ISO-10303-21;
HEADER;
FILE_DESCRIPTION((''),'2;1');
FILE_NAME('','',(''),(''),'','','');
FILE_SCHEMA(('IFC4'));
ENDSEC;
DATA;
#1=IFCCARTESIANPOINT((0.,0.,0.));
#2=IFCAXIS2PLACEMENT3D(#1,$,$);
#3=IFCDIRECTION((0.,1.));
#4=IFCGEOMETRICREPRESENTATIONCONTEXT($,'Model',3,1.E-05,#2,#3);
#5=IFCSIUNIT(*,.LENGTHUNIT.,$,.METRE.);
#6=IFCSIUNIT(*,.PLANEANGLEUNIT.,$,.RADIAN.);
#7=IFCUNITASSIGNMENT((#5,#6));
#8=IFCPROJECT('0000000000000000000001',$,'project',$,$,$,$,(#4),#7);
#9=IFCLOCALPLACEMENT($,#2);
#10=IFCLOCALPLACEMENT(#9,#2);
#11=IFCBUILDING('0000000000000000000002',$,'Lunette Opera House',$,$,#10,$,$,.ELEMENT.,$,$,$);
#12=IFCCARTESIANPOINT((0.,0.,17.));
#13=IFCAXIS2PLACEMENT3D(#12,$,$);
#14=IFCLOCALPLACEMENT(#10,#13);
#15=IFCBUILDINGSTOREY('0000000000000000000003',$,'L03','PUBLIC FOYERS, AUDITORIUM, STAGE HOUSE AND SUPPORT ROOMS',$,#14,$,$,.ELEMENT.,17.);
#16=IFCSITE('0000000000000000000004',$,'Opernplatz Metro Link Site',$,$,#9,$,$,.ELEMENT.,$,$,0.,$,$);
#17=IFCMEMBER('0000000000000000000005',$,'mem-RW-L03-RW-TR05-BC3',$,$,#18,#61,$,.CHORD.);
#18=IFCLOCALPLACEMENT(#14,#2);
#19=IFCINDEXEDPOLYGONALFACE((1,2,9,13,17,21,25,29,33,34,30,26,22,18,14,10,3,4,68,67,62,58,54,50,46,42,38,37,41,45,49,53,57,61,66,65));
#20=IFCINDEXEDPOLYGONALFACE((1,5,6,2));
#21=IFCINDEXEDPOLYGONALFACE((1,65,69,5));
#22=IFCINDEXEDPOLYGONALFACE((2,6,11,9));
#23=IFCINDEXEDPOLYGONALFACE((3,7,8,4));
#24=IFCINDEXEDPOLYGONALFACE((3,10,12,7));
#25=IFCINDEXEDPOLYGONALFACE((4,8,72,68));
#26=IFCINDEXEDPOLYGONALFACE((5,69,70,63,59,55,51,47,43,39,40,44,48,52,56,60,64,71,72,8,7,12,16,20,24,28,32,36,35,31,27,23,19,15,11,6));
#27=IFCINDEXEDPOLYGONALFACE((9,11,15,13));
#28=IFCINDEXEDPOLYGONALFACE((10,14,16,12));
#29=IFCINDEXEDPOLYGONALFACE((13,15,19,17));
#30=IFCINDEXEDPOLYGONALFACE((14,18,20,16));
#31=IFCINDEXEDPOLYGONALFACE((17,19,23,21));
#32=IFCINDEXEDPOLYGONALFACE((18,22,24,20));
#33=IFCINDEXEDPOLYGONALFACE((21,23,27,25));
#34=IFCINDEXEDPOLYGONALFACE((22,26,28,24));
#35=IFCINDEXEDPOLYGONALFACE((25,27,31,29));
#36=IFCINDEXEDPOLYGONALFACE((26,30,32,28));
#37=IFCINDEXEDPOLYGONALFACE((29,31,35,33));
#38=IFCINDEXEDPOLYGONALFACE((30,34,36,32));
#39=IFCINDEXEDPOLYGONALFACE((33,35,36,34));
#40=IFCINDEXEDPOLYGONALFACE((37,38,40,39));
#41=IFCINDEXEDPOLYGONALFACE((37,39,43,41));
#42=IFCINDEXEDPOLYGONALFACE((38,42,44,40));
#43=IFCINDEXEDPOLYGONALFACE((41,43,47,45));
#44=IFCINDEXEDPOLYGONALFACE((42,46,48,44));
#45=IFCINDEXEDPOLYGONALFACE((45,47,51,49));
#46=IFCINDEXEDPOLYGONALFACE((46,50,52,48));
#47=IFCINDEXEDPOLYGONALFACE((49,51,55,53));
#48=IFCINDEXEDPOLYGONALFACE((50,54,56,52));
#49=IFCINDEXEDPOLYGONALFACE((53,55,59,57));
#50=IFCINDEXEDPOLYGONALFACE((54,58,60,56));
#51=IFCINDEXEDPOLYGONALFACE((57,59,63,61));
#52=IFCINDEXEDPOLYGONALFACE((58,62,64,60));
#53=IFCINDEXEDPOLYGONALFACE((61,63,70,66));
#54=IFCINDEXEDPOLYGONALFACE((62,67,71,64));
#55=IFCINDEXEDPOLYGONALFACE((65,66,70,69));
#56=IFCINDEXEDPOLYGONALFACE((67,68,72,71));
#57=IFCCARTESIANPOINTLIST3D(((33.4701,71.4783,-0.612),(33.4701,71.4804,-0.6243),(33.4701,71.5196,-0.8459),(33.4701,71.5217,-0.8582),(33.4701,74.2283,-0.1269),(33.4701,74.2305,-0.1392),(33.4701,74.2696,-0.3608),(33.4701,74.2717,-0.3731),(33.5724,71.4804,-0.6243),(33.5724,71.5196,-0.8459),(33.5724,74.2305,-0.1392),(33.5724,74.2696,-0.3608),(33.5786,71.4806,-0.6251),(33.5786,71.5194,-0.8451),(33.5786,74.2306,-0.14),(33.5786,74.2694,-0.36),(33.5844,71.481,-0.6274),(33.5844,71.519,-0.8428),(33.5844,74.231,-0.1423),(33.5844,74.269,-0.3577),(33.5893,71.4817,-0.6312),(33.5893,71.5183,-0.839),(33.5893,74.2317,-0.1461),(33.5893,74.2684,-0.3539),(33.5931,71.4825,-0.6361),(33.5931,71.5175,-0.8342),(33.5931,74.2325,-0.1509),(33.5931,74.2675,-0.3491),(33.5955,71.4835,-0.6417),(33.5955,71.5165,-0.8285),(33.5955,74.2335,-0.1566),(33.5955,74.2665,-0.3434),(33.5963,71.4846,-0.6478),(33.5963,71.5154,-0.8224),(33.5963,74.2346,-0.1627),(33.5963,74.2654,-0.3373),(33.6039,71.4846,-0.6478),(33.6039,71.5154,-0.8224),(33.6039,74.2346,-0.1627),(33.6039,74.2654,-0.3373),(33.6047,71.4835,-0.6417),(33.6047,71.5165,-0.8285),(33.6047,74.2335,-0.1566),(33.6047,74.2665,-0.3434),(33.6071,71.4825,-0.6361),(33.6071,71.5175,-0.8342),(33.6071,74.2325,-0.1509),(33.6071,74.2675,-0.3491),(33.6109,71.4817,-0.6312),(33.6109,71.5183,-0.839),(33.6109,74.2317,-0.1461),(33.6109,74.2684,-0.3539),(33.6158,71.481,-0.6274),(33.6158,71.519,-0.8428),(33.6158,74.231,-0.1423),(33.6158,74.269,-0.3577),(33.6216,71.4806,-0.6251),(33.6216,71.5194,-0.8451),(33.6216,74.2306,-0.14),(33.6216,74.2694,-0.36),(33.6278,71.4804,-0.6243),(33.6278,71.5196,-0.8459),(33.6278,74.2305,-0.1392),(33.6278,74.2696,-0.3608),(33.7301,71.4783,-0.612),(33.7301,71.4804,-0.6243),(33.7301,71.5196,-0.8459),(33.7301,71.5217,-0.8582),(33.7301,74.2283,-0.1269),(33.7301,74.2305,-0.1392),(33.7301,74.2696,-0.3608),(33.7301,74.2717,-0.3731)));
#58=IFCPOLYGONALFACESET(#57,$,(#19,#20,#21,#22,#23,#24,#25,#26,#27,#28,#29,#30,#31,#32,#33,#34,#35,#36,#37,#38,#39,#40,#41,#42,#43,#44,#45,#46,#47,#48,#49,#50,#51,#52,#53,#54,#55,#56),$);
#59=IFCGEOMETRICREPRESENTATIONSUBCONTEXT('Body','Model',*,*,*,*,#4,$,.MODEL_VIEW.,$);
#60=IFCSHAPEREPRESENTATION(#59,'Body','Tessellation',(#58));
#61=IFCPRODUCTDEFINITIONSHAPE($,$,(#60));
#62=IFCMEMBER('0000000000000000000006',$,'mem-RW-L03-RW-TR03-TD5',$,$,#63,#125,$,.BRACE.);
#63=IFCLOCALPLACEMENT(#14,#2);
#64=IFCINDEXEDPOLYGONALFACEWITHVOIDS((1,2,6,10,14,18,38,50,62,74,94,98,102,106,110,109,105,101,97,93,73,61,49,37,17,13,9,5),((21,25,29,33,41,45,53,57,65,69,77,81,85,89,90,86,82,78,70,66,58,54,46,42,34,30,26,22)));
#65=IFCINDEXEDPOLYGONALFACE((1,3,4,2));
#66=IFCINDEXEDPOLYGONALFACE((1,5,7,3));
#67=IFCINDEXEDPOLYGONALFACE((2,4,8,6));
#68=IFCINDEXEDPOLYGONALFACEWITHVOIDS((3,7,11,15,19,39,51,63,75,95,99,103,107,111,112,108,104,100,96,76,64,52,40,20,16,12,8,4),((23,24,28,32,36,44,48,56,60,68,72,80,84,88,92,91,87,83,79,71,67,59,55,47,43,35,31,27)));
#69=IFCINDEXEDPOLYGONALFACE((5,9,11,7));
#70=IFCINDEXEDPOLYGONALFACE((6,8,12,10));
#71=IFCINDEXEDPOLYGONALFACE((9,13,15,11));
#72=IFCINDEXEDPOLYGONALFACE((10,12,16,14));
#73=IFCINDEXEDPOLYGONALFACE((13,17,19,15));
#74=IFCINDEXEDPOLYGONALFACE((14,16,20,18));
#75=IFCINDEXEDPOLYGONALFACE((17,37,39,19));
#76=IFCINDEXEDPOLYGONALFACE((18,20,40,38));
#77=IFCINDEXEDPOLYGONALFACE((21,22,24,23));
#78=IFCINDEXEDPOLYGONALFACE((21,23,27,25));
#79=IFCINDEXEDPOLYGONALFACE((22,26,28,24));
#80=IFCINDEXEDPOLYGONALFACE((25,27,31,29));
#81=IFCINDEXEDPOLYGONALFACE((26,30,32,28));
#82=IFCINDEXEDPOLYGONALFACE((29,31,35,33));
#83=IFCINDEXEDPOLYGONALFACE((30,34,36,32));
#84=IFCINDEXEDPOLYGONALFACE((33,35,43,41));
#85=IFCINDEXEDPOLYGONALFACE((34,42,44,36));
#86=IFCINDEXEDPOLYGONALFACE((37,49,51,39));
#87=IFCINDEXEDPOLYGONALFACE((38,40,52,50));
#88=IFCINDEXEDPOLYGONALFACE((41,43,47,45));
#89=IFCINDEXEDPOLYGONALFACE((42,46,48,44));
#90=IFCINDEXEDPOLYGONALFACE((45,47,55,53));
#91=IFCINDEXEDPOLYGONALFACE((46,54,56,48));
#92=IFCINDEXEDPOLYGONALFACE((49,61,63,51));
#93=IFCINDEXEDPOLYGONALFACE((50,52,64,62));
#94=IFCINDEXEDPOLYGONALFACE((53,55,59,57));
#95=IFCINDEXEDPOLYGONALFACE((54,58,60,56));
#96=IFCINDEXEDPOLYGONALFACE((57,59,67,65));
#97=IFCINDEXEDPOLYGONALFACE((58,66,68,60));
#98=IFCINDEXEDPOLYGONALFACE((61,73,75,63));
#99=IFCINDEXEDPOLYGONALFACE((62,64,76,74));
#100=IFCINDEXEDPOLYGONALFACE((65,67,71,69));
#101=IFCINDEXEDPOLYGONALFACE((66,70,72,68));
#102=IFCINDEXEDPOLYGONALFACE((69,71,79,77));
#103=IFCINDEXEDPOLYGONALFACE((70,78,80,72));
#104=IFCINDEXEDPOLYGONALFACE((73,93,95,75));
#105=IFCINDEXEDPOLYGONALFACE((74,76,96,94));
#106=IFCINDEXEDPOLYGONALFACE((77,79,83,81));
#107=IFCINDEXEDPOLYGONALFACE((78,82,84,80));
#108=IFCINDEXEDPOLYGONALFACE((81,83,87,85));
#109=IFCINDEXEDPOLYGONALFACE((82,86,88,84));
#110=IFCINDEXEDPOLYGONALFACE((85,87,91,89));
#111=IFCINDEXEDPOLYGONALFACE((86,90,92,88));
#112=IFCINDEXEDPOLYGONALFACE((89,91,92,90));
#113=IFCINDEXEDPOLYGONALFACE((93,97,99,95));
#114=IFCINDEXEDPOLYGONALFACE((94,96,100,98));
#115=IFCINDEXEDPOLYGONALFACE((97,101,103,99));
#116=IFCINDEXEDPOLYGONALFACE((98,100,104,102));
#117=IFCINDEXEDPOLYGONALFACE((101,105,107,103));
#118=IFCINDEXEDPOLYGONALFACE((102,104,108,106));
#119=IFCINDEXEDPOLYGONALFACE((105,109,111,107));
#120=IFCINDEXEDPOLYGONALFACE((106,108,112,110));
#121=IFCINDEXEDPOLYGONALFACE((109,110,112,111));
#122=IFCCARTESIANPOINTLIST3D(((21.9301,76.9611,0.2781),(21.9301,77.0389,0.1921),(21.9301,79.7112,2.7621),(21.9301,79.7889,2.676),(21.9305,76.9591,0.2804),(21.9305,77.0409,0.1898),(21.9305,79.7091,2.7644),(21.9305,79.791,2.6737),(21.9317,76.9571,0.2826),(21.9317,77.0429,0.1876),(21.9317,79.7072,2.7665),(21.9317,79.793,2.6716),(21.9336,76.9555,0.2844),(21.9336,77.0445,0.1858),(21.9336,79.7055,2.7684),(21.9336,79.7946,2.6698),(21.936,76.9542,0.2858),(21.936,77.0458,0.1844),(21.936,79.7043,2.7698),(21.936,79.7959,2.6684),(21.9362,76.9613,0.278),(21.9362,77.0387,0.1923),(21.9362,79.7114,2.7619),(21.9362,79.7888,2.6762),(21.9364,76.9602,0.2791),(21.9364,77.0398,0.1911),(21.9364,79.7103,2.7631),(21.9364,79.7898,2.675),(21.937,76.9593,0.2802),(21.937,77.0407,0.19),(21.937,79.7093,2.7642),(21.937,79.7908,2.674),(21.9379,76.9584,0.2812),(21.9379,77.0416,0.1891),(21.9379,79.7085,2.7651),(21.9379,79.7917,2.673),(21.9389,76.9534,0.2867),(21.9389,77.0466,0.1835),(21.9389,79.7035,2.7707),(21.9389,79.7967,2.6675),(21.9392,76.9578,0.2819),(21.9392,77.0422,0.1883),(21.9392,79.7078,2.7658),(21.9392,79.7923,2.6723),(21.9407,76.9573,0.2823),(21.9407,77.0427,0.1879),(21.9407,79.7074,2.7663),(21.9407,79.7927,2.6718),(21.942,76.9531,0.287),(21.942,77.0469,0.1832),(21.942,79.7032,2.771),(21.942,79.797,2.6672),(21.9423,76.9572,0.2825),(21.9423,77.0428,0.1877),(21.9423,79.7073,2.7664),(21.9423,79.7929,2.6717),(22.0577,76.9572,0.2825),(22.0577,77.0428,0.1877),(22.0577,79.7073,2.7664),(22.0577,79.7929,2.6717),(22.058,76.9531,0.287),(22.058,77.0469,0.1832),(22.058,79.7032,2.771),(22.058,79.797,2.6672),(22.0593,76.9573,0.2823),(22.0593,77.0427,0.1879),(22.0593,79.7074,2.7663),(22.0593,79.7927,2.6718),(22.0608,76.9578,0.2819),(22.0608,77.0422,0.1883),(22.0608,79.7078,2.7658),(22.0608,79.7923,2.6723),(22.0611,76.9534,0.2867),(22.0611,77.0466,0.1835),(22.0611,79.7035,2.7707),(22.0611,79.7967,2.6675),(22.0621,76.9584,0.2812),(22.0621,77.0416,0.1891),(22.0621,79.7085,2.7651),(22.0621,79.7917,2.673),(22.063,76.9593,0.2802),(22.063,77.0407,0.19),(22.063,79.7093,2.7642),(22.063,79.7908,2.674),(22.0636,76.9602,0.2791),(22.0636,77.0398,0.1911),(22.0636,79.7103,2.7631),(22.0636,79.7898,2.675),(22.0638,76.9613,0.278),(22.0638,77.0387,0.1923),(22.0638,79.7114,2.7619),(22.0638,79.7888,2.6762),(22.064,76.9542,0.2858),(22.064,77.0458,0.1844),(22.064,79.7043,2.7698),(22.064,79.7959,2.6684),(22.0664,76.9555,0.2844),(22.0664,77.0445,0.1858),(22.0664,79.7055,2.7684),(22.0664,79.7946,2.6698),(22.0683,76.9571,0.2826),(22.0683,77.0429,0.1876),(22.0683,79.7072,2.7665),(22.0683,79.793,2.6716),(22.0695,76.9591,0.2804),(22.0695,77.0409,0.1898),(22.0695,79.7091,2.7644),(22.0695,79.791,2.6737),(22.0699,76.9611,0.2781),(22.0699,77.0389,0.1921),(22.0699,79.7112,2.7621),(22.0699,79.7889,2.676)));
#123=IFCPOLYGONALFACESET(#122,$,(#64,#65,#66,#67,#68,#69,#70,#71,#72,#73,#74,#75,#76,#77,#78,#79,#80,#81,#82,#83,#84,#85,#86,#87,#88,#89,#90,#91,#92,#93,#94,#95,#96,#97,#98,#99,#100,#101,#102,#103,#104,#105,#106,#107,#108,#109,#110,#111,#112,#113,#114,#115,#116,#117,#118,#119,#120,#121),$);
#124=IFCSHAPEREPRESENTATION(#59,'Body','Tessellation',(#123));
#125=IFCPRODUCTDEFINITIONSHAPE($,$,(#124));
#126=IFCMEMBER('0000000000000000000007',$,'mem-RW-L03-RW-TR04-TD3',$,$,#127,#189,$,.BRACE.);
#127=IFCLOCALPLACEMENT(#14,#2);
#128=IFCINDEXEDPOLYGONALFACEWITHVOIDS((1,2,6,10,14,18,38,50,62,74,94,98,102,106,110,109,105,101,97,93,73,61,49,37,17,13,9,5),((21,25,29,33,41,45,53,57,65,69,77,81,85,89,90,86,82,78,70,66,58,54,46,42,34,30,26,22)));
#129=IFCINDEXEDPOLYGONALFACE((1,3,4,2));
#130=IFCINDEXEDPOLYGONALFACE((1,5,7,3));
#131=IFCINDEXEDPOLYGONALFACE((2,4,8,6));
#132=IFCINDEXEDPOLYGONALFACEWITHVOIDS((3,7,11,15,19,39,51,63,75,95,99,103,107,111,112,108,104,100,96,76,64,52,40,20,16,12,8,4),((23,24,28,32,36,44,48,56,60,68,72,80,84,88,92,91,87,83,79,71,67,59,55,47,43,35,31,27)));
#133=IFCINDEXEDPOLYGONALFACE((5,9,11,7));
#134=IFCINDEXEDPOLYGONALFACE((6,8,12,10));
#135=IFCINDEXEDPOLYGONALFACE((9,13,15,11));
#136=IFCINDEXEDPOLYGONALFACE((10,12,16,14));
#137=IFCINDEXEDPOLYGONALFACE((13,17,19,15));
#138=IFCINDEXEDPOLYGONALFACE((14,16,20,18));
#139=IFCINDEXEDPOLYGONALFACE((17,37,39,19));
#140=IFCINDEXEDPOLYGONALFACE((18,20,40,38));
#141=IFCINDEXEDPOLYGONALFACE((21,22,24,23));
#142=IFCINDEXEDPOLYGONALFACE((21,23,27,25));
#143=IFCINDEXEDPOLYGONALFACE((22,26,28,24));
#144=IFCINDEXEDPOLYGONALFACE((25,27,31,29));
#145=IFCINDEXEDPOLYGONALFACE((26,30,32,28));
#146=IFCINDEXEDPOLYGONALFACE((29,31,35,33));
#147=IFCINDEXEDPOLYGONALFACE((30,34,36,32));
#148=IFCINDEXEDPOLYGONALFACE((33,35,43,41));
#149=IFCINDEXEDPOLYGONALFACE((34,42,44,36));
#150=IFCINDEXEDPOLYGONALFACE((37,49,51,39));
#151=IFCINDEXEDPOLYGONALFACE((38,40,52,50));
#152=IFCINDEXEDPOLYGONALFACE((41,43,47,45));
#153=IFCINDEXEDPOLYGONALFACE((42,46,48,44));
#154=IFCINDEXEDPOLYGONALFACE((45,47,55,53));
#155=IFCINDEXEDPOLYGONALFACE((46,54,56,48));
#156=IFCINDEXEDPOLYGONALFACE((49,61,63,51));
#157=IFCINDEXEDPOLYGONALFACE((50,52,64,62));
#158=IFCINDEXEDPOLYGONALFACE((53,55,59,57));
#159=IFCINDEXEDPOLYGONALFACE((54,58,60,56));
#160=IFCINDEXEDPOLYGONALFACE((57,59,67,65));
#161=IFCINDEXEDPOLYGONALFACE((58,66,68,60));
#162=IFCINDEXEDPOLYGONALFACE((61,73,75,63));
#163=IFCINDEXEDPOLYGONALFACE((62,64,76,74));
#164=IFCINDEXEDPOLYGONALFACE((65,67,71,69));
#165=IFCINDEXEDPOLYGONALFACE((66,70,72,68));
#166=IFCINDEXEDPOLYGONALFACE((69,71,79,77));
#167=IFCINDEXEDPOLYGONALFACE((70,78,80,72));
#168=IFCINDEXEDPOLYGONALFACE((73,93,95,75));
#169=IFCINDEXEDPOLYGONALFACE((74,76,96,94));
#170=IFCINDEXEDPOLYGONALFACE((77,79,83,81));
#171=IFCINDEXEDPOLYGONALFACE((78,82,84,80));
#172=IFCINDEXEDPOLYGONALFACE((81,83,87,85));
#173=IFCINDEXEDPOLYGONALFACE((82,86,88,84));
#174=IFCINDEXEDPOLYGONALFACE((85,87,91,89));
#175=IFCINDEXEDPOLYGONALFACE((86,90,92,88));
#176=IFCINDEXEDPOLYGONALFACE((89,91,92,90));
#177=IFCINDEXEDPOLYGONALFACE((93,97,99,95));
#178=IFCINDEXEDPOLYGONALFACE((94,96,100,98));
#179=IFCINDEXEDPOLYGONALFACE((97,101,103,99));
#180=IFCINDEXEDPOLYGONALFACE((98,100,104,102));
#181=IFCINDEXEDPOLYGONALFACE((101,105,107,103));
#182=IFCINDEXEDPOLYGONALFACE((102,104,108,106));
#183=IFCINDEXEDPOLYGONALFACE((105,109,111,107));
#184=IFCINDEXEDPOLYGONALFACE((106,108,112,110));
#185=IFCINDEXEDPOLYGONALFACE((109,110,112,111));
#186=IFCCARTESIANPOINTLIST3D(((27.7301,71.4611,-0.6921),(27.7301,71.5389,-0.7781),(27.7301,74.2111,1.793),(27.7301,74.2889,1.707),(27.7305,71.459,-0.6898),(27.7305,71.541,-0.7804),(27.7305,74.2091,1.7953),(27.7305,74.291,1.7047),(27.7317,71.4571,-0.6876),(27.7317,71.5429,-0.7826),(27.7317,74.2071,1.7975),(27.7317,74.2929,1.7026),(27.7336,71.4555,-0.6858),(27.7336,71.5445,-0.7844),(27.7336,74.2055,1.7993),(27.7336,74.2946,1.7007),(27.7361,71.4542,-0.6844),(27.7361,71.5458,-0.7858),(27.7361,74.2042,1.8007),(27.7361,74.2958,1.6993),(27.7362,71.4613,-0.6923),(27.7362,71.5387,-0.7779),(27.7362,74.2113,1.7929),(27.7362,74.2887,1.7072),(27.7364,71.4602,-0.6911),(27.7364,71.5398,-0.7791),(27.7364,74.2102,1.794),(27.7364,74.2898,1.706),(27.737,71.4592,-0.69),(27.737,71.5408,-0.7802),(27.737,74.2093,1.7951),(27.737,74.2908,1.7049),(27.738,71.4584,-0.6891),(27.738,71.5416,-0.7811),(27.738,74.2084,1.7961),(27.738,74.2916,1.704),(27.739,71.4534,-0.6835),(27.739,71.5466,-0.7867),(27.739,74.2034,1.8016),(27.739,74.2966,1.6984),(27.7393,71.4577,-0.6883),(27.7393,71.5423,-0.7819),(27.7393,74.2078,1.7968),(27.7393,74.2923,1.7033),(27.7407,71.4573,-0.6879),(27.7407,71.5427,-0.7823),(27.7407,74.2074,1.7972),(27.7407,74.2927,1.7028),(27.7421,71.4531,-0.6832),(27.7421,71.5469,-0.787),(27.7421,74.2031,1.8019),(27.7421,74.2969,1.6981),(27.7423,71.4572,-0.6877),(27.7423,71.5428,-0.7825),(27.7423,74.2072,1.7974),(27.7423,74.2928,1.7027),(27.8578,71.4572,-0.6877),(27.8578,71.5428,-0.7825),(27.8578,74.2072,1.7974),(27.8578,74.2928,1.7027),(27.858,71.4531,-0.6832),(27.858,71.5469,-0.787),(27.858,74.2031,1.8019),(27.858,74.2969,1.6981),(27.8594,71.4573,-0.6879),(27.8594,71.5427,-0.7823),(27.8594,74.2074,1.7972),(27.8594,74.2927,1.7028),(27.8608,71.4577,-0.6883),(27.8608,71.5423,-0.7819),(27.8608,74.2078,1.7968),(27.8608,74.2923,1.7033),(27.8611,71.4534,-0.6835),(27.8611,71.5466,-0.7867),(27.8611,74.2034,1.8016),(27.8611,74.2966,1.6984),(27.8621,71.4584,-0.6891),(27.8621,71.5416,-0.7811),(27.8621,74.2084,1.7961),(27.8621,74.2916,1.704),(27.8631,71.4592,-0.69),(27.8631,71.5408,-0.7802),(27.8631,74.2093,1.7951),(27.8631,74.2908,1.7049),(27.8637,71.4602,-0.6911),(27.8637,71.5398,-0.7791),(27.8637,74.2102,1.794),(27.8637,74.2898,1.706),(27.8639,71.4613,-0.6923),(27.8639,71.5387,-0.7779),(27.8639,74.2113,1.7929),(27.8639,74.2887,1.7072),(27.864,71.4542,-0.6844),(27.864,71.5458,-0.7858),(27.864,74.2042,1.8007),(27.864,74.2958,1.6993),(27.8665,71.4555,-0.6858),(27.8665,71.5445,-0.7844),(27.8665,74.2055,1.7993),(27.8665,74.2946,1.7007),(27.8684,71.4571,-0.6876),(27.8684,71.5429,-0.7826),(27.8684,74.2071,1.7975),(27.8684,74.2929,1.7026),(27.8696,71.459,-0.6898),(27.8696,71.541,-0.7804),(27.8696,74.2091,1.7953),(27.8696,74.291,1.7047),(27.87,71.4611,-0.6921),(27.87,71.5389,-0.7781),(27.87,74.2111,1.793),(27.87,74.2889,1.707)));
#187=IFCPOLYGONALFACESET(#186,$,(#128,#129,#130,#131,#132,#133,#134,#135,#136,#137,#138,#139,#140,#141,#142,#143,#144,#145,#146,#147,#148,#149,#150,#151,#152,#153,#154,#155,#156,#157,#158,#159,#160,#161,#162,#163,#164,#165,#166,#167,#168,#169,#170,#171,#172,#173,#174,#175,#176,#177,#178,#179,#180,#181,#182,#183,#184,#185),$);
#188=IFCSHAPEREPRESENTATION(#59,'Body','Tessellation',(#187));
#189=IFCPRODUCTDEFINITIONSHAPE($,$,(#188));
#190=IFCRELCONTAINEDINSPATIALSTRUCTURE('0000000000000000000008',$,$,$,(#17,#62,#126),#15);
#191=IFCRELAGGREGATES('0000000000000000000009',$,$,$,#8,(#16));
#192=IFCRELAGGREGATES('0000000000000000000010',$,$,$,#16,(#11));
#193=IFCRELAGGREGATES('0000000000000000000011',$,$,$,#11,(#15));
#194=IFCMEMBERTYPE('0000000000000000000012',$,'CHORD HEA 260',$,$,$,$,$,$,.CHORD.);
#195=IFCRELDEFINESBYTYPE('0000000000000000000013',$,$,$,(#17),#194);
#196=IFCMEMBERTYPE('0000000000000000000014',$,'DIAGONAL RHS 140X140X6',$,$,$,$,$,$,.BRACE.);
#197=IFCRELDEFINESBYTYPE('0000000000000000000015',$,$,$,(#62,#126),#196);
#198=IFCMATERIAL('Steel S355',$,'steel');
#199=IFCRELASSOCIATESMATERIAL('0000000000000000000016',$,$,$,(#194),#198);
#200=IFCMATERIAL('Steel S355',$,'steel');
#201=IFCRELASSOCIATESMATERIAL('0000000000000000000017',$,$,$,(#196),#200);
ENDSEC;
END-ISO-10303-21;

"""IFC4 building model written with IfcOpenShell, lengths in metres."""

from ifc_helpers import new_model, si_unit, direction, frame, origin, origin_2d, place, context, subcontext, project, spatial, hollow_rectangle, i_section, extrude, material, material_profile, profile_set, type_object, element, save


model = new_model("IFC4")

# Units and contexts
model_context = context("Model", 3, precision=1e-05, world=origin(), true_north=direction((0.0, 1.0)))
body_context = subcontext(model_context, "Body", "Model", "MODEL_VIEW")
ifc_project = project(units=[si_unit("LENGTHUNIT", "METRE"), si_unit("PLANEANGLEUNIT", "RADIAN")], contexts=[model_context])

# Site, building, storey
site_placement = place(None, origin())
site = spatial("IfcSite", under=ifc_project, at=site_placement, Name="Opernplatz Metro Link Site", CompositionType="ELEMENT", RefElevation=0.0)
building_placement = place(site_placement, origin())
building = spatial("IfcBuilding", under=site, at=building_placement, Name="Lunette Opera House", CompositionType="ELEMENT")
storey_placement = place(building_placement, frame((0.0, 0.0, 17.0)))
storey = spatial("IfcBuildingStorey", under=building, at=storey_placement, Name="L03", Description="PUBLIC FOYERS, AUDITORIUM, STAGE HOUSE AND SUPPORT ROOMS", CompositionType="ELEMENT", Elevation=17.0)

# Members
ifc_material_1 = material(Name="Steel S355", Category="steel")
ifc_material_profile_1 = material_profile(ifc_material_1, i_section(OverallWidth=0.26, OverallDepth=0.25, WebThickness=0.0076, FlangeThickness=0.0125, FilletRadius=0.0239, at=origin_2d()), Name="HEA 260")
ifc_profile_set_1 = profile_set([ifc_material_profile_1], Name="Steel S355")
member_type_1 = type_object("IfcMemberType", Name="CHORD HEA 260", PredefinedType="CHORD", material=ifc_profile_set_1)
for number, where, z_axis, x_axis, name in (
    (1, (33.6001, 71.5, -0.7351), (0.0, 0.984795, 0.17372), (-1.0, 0.0, 0.0), "mem-RW-L03-RW-TR05-BC3"),
):
    element("IfcMember", number, at=place(storey_placement, frame(where, z_axis=z_axis, x_axis=x_axis)), inside=storey, type_object=member_type_1, Name=name, PredefinedType="CHORD", context=body_context, shape_type="SweptSolid", body=[
        extrude(i_section(OverallWidth=0.26, OverallDepth=0.25, WebThickness=0.0076, FlangeThickness=0.0125, FilletRadius=0.0239, at=origin_2d()), origin(), (0.0, 0.0, 1.0), 2.7925),
    ])
ifc_material_2 = material(Name="Steel S355", Category="steel")
ifc_material_profile_2 = material_profile(ifc_material_2, hollow_rectangle(XDim=0.1399, YDim=0.1399, WallThickness=0.0061, InnerFilletRadius=0.0061, OuterFilletRadius=0.012, at=origin_2d()), Name="RHS 140X140X6")
ifc_profile_set_2 = profile_set([ifc_material_profile_2], Name="Steel S355")
member_type_2 = type_object("IfcMemberType", Name="DIAGONAL RHS 140X140X6", PredefinedType="BRACE", material=ifc_profile_set_2)
member_1_placement = place(storey_placement, frame((22.0, 77.0, 0.2351), z_axis=(0.0, 0.742101, 0.670289), x_axis=(-1.0, 0.0, 0.0)))
element("IfcMember", 2, at=member_1_placement, inside=storey, type_object=member_type_2, Name="mem-RW-L03-RW-TR03-TD5", PredefinedType="BRACE", context=body_context, shape_type="SweptSolid", body=[
    extrude(hollow_rectangle(XDim=0.1399, YDim=0.1399, WallThickness=0.0061, InnerFilletRadius=0.0061, OuterFilletRadius=0.012, at=origin_2d()), origin(), (0.0, 0.0, 1.0), 3.7058),
])
member_2_placement = place(storey_placement, frame((27.8, 71.5, -0.7351), z_axis=(0.0, 0.741937, 0.67047), x_axis=(-1.0, 0.0, 0.0)))
element("IfcMember", 3, at=member_2_placement, inside=storey, type_object=member_type_2, Name="mem-RW-L03-RW-TR04-TD3", PredefinedType="BRACE", context=body_context, shape_type="SweptSolid", body=[
    extrude(hollow_rectangle(XDim=0.1399, YDim=0.1399, WallThickness=0.0061, InnerFilletRadius=0.0061, OuterFilletRadius=0.012, at=origin_2d()), origin(), (0.0, 0.0, 1.0), 3.7065),
])

save(model, "model.ifc")
